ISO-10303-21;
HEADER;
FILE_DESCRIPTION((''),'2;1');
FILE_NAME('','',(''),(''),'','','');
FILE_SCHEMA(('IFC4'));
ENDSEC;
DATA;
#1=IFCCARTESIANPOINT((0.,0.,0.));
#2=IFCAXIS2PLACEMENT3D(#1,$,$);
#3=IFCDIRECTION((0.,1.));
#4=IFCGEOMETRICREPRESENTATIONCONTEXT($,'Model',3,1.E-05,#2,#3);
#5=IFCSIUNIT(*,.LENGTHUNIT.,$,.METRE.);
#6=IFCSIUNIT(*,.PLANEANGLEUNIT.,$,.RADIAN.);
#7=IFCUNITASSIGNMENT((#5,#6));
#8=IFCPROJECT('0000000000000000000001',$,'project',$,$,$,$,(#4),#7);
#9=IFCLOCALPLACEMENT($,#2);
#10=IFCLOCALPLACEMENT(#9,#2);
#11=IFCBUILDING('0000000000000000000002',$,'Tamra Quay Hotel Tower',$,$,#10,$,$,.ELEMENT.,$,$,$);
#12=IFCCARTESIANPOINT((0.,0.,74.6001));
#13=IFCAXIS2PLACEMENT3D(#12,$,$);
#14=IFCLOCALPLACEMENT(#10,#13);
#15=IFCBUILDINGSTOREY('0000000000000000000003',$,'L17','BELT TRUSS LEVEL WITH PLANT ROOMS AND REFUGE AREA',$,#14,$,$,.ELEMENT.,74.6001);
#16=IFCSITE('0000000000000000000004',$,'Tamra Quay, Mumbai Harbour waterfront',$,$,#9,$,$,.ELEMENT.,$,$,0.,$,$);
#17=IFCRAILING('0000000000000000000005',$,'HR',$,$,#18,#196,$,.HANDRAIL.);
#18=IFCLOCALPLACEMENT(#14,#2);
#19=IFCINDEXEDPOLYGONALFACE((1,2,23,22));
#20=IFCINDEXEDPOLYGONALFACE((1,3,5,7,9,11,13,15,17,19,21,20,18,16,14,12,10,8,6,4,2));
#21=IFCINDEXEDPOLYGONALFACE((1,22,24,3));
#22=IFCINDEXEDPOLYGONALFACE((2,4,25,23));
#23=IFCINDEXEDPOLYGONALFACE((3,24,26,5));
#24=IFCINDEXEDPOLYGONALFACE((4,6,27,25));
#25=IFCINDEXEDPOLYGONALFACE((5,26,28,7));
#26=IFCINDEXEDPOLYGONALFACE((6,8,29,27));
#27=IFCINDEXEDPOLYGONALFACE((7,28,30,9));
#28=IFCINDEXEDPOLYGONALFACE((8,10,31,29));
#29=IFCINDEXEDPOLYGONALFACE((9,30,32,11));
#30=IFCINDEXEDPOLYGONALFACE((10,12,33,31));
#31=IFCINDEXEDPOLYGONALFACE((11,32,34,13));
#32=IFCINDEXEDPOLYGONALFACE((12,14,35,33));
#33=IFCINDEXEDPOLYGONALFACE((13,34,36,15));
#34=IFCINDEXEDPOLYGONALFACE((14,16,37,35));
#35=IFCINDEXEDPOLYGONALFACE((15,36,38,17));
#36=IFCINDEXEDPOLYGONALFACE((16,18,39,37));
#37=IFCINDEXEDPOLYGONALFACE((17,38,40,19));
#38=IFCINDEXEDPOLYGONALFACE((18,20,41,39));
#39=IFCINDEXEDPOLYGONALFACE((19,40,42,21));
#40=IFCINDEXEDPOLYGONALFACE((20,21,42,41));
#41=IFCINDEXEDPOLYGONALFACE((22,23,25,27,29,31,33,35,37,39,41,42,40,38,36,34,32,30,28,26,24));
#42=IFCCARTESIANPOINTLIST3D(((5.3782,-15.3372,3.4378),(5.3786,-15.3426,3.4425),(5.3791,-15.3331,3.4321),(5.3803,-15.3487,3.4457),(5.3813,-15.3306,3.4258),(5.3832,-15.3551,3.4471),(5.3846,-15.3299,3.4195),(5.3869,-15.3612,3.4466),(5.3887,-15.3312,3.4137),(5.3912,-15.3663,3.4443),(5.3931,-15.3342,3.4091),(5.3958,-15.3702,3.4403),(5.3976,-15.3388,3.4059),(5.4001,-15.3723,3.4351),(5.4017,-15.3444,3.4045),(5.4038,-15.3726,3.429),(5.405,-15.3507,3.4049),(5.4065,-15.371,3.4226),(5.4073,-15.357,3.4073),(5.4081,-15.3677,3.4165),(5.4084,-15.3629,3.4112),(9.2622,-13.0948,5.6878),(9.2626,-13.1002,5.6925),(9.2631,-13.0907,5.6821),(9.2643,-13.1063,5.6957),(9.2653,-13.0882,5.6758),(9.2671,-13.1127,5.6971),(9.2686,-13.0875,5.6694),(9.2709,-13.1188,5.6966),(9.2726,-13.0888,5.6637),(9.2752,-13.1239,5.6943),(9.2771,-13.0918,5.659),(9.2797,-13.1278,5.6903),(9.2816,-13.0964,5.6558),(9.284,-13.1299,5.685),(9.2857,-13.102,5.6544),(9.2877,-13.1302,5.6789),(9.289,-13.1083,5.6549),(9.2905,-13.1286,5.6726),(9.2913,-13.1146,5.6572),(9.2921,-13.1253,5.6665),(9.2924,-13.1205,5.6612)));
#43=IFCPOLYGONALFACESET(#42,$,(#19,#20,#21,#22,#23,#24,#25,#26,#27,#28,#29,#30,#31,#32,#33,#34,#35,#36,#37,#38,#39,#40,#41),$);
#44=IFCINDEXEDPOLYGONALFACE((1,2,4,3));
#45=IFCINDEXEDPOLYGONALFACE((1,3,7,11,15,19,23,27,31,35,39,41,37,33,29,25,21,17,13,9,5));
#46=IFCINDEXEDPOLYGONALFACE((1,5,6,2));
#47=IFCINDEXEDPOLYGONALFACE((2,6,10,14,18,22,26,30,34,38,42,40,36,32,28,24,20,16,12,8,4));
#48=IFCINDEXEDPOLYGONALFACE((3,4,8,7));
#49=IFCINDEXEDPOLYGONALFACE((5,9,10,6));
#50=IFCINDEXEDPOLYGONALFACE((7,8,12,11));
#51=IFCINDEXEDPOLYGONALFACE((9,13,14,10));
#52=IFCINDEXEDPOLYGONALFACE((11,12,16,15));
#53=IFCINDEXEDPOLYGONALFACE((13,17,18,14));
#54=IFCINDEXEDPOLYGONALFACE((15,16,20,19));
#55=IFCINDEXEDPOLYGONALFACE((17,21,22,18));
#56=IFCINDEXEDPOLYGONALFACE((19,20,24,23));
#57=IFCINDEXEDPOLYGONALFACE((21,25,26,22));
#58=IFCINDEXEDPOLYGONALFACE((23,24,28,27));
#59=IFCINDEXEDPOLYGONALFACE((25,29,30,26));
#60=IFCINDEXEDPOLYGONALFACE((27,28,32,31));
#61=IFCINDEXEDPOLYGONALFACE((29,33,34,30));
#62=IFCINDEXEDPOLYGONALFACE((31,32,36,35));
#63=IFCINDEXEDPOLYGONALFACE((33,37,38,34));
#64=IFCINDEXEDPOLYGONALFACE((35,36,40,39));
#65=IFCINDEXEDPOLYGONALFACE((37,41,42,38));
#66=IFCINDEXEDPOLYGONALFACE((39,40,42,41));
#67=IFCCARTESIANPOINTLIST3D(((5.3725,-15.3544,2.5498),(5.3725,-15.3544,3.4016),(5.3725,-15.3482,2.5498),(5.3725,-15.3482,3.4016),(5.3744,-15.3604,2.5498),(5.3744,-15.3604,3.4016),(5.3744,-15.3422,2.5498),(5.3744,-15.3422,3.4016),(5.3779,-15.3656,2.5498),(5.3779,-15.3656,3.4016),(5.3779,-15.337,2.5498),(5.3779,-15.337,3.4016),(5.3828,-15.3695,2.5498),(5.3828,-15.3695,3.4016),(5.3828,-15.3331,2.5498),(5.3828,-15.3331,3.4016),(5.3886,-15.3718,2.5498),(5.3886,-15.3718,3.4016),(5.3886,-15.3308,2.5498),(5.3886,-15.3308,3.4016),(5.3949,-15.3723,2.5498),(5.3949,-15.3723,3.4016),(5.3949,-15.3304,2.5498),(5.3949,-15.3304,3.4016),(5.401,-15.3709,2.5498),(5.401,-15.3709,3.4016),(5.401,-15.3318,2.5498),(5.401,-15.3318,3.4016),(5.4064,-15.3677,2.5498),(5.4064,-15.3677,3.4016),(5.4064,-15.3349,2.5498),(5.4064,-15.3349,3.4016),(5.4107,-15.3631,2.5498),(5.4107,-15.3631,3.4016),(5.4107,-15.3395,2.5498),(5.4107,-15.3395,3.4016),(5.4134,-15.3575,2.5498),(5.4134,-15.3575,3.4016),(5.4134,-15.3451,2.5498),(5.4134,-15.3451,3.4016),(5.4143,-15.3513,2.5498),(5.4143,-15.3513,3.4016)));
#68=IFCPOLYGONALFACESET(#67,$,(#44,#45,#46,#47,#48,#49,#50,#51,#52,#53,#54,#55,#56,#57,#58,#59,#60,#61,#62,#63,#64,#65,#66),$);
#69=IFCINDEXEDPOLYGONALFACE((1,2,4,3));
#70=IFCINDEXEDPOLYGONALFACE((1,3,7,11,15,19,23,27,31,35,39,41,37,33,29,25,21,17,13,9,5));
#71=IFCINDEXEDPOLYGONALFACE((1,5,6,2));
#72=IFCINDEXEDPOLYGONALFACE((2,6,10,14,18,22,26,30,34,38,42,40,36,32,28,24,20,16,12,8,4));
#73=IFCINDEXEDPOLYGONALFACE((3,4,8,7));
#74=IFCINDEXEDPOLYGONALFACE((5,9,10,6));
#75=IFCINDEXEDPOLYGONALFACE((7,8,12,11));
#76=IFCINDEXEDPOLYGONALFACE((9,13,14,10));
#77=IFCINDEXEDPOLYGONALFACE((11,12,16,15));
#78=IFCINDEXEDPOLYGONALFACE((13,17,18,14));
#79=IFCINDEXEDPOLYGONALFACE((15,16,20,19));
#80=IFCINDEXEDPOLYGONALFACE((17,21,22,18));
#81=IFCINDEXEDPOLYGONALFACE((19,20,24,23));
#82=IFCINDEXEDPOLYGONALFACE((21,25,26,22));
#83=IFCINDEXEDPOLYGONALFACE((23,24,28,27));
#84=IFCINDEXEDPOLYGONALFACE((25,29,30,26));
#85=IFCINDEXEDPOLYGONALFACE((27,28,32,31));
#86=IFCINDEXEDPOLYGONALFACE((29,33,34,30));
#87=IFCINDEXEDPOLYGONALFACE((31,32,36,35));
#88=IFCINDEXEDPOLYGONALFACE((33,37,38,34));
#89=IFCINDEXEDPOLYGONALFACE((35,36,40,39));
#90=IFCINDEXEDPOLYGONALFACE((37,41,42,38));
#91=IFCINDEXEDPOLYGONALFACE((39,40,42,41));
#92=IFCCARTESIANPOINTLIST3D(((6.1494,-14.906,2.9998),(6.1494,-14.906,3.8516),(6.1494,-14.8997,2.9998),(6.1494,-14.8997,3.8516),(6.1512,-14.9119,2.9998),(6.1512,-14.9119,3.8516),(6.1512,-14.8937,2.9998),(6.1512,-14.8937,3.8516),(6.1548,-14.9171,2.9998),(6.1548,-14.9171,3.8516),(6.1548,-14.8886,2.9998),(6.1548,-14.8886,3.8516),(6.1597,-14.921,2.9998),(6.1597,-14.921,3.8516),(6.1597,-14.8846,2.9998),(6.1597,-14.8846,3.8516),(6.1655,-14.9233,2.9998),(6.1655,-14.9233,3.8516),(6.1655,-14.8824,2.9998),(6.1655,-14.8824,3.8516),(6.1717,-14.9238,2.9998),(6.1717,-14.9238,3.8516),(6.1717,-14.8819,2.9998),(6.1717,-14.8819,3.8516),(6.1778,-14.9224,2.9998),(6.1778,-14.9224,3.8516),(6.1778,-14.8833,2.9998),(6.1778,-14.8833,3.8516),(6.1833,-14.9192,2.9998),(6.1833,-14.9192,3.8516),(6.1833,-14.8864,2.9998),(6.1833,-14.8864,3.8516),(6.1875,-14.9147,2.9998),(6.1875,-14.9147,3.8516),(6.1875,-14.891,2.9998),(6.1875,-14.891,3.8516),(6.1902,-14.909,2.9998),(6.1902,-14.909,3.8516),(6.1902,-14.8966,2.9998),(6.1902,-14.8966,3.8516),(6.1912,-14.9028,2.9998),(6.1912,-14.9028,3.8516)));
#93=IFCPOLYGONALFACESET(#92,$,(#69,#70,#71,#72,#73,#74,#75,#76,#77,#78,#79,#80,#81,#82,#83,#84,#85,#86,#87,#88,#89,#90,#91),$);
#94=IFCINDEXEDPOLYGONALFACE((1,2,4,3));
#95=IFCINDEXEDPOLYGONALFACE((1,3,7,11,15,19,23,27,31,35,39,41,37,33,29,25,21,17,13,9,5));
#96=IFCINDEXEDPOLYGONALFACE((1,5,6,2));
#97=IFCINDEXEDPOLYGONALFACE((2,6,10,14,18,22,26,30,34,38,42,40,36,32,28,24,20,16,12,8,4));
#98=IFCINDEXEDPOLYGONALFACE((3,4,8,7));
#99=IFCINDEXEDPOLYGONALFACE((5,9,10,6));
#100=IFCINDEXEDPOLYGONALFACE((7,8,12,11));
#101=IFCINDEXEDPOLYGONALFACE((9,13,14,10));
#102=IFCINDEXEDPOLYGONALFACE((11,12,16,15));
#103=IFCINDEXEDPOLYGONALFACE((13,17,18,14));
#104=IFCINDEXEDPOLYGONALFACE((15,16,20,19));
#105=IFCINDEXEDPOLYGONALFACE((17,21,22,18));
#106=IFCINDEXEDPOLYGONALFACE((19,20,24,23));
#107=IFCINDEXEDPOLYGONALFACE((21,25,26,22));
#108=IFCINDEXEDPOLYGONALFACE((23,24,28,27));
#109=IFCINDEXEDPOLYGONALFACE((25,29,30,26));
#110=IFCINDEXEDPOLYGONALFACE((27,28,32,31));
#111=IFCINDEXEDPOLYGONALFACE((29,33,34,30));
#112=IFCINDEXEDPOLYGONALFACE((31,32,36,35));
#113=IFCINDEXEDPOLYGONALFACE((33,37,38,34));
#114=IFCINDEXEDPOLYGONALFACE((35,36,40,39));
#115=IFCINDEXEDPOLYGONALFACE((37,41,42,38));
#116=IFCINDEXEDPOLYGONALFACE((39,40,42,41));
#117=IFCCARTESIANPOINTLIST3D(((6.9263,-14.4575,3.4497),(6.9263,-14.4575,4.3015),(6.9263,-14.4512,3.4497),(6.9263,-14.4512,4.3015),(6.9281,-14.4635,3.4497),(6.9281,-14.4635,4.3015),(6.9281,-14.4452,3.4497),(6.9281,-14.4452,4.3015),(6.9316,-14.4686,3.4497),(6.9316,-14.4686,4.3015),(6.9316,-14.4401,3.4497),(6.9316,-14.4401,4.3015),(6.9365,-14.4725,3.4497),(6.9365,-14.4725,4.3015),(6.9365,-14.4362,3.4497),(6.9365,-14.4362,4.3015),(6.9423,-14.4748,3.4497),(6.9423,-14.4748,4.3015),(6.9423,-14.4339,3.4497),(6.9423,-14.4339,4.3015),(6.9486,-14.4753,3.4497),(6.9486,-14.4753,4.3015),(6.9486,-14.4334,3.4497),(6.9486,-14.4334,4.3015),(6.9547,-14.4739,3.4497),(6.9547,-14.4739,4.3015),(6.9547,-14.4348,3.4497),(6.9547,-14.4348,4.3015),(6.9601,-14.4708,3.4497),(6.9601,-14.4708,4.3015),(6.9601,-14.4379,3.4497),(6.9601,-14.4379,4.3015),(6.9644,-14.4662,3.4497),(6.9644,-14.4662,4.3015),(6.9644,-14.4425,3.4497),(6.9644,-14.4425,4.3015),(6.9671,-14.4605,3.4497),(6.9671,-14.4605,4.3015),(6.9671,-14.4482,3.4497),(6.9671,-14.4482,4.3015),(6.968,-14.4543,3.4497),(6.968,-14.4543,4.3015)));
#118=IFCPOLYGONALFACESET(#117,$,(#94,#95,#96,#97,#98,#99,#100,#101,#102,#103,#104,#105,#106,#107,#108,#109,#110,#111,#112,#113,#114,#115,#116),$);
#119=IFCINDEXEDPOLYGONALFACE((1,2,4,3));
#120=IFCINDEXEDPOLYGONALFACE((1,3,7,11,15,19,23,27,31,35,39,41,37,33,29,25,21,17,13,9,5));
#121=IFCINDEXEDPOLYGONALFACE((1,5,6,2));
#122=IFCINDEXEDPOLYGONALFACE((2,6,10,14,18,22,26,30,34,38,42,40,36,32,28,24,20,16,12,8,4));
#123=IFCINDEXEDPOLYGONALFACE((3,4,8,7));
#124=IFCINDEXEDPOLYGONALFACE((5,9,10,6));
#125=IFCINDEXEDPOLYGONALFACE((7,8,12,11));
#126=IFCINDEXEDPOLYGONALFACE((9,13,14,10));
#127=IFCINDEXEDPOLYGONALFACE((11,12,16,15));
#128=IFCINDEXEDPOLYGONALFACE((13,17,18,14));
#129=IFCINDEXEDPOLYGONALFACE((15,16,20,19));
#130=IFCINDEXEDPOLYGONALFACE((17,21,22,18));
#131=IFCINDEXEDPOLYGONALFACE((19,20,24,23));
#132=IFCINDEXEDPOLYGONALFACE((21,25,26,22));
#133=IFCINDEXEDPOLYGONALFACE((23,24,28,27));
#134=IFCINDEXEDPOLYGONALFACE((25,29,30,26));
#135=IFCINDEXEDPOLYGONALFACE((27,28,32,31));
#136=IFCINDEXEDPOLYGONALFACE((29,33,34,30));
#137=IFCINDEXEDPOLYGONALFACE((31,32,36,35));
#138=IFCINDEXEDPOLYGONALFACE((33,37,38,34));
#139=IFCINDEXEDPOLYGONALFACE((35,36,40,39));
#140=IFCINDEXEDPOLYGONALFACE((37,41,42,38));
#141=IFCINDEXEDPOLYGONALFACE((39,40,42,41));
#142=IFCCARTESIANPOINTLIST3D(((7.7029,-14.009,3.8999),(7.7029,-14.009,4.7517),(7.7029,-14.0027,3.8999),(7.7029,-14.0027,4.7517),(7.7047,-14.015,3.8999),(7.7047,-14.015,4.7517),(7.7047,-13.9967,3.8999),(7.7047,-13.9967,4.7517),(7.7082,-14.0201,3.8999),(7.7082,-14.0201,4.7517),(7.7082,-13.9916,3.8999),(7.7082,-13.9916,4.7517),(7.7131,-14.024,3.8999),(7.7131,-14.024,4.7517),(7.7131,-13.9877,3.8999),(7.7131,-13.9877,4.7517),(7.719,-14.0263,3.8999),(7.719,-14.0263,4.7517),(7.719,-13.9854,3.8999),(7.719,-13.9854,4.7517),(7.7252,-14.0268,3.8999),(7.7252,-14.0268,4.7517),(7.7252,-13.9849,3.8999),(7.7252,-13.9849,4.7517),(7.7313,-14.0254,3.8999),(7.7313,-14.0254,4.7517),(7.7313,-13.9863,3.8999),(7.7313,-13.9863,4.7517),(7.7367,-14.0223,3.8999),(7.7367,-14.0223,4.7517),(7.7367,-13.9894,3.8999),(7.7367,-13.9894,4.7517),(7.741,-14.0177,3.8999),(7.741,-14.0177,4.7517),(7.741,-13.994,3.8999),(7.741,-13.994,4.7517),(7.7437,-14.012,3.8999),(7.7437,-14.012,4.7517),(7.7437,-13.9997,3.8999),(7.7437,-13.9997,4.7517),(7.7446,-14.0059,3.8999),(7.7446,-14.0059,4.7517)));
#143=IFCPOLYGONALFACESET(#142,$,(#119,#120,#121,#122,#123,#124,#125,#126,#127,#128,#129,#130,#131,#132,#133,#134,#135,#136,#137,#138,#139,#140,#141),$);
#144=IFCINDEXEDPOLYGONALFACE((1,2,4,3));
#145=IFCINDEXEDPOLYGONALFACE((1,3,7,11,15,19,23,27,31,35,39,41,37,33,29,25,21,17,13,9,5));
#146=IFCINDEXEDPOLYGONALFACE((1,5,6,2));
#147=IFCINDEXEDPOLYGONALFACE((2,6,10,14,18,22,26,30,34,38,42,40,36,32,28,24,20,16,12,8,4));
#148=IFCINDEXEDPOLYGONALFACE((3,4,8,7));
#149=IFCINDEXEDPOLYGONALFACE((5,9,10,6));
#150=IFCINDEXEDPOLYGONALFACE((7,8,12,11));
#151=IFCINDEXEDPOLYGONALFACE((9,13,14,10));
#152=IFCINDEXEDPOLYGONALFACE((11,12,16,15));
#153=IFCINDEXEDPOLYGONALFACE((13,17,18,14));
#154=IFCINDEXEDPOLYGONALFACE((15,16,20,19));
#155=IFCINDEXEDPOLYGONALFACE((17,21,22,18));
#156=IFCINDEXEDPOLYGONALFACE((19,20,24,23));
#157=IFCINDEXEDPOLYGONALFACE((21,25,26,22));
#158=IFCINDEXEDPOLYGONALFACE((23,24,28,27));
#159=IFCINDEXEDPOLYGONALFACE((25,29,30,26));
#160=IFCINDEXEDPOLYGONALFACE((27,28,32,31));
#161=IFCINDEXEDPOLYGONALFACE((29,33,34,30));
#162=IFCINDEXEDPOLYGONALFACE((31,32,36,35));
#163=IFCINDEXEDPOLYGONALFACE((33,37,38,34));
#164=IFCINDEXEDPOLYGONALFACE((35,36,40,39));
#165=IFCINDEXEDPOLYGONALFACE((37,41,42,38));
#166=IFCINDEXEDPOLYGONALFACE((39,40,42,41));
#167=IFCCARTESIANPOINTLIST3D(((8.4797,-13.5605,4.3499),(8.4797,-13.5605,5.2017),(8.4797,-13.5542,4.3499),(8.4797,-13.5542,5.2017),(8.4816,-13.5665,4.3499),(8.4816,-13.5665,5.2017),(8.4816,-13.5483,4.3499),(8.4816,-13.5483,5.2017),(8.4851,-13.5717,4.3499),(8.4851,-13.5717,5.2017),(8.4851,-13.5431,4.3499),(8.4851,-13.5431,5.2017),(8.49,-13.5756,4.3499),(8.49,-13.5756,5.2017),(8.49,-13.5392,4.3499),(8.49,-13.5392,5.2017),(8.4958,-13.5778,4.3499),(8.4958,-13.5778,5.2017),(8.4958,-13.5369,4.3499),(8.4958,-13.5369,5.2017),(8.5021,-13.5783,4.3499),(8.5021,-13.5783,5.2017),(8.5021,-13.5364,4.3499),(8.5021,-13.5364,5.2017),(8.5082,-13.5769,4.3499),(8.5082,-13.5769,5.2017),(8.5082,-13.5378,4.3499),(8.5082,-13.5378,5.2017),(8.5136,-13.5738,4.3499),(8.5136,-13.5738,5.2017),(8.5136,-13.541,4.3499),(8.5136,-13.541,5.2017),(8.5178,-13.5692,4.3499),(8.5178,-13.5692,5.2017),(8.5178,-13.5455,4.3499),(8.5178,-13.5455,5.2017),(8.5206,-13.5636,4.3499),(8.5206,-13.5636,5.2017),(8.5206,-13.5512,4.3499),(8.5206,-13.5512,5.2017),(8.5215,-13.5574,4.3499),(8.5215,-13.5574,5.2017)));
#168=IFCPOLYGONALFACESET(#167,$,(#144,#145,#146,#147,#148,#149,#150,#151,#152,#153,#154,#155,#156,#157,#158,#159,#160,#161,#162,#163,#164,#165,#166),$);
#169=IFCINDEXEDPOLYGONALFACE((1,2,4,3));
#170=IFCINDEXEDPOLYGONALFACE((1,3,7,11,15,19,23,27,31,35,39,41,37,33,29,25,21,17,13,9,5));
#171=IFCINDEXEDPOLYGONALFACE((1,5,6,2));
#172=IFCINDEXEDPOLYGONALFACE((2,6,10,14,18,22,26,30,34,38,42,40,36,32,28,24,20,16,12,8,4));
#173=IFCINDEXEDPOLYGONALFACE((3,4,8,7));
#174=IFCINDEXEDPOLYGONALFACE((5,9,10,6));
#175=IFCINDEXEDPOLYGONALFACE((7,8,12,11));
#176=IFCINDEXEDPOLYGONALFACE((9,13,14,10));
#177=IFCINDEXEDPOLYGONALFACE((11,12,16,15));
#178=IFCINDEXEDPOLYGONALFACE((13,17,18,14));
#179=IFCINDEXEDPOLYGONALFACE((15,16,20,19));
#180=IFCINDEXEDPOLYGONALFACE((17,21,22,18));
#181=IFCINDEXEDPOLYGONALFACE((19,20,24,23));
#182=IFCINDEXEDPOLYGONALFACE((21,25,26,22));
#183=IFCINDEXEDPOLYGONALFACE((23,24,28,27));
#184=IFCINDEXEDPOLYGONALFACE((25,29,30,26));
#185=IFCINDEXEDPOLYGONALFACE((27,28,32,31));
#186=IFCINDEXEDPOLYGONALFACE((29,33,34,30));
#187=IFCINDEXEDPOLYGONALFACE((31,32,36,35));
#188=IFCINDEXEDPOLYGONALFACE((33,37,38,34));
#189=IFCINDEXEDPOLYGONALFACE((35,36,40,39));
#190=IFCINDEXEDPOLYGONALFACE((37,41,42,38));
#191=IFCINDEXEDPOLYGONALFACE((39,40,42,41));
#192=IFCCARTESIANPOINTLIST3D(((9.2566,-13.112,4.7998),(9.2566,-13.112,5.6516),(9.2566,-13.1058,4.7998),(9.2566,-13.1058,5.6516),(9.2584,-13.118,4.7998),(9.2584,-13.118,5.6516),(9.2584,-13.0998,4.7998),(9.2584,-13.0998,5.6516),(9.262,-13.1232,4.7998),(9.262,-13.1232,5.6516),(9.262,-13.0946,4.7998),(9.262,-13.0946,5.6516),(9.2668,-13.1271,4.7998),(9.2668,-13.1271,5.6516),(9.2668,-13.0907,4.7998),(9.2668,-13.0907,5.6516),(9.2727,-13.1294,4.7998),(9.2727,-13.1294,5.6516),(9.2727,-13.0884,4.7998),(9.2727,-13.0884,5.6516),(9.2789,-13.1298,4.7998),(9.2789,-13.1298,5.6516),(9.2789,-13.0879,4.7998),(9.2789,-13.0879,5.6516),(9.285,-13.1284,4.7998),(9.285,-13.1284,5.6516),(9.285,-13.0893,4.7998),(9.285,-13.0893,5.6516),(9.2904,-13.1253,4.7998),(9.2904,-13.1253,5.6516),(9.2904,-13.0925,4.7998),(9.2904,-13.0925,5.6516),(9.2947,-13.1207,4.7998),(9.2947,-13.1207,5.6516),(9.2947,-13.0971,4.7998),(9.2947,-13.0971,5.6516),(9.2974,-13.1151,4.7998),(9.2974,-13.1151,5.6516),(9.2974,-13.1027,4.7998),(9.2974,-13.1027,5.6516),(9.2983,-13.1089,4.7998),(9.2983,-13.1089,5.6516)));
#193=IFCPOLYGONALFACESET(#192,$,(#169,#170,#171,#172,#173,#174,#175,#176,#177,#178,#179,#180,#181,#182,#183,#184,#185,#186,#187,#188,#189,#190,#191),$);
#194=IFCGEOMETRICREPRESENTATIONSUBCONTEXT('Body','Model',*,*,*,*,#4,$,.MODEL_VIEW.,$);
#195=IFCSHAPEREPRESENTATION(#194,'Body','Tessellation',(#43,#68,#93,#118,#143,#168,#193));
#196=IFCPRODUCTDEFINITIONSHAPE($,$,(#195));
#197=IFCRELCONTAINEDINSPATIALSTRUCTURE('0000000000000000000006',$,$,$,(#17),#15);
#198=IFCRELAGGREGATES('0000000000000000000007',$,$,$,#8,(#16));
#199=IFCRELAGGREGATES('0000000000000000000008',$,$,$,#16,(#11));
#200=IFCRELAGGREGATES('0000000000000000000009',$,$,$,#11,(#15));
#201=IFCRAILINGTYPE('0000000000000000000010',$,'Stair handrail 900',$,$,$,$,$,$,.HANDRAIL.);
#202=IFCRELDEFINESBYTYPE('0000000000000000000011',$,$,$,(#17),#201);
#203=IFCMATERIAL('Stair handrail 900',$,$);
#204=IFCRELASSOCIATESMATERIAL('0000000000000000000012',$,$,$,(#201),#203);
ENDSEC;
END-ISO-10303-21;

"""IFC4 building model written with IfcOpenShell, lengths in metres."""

from ifc_helpers import new_model, si_unit, direction, frame, origin, origin_2d, place, context, subcontext, project, spatial, circle, extrude, material, type_object, element, save


model = new_model("IFC4")

# Units and contexts
model_context = context("Model", 3, precision=1e-05, world=origin(), true_north=direction((0.0, 1.0)))
body_context = subcontext(model_context, "Body", "Model", "MODEL_VIEW")
ifc_project = project(units=[si_unit("LENGTHUNIT", "METRE"), si_unit("PLANEANGLEUNIT", "RADIAN")], contexts=[model_context])

# Site, building, storey
site_placement = place(None, origin())
site = spatial("IfcSite", under=ifc_project, at=site_placement, Name="Tamra Quay, Mumbai Harbour waterfront", CompositionType="ELEMENT", RefElevation=0.0)
building_placement = place(site_placement, origin())
building = spatial("IfcBuilding", under=site, at=building_placement, Name="Tamra Quay Hotel Tower", CompositionType="ELEMENT")
storey_placement = place(building_placement, frame((0.0, 0.0, 74.6001)))
storey = spatial("IfcBuildingStorey", under=building, at=storey_placement, Name="L17", Description="BELT TRUSS LEVEL WITH PLANT ROOMS AND REFUGE AREA", CompositionType="ELEMENT", Elevation=74.6001)

# Railing
ifc_material_1 = material(Name="Stair handrail 900")
railing_type_1 = type_object("IfcRailingType", Name="Stair handrail 900", PredefinedType="HANDRAIL", material=ifc_material_1)
railing_1_placement = place(storey_placement, frame((5.3933, -15.3513, 2.5498)))
element("IfcRailing", 1, at=railing_1_placement, inside=storey, type_object=railing_type_1, Name="HR", PredefinedType="HANDRAIL", context=body_context, shape_type="SweptSolid", body=[
    extrude(circle(Radius=0.0239, at=origin_2d()), frame((0.0, 0.0, 0.876), z_axis=(0.774076, 0.44691, 0.448418), x_axis=(-0.499997, 0.866027, 0.0)), (0.0, 0.0, 1.0), 5.0176),
    extrude(circle(Radius=0.021, at=origin_2d()), origin(), (0.0, 0.0, 1.0), 0.8518),
    extrude(circle(Radius=0.021, at=origin_2d()), frame((0.7769, 0.4485, 0.45)), (0.0, 0.0, 1.0), 0.8518),
    extrude(circle(Radius=0.021, at=origin_2d()), frame((1.5537, 0.897, 0.8999)), (0.0, 0.0, 1.0), 0.8518),
    extrude(circle(Radius=0.021, at=origin_2d()), frame((2.3303, 1.3455, 1.3501)), (0.0, 0.0, 1.0), 0.8518),
    extrude(circle(Radius=0.021, at=origin_2d()), frame((3.1072, 1.7939, 1.8)), (0.0, 0.0, 1.0), 0.8518),
    extrude(circle(Radius=0.021, at=origin_2d()), frame((3.884, 2.2424, 2.25)), (0.0, 0.0, 1.0), 0.8518),
])

save(model, "model.ifc")
